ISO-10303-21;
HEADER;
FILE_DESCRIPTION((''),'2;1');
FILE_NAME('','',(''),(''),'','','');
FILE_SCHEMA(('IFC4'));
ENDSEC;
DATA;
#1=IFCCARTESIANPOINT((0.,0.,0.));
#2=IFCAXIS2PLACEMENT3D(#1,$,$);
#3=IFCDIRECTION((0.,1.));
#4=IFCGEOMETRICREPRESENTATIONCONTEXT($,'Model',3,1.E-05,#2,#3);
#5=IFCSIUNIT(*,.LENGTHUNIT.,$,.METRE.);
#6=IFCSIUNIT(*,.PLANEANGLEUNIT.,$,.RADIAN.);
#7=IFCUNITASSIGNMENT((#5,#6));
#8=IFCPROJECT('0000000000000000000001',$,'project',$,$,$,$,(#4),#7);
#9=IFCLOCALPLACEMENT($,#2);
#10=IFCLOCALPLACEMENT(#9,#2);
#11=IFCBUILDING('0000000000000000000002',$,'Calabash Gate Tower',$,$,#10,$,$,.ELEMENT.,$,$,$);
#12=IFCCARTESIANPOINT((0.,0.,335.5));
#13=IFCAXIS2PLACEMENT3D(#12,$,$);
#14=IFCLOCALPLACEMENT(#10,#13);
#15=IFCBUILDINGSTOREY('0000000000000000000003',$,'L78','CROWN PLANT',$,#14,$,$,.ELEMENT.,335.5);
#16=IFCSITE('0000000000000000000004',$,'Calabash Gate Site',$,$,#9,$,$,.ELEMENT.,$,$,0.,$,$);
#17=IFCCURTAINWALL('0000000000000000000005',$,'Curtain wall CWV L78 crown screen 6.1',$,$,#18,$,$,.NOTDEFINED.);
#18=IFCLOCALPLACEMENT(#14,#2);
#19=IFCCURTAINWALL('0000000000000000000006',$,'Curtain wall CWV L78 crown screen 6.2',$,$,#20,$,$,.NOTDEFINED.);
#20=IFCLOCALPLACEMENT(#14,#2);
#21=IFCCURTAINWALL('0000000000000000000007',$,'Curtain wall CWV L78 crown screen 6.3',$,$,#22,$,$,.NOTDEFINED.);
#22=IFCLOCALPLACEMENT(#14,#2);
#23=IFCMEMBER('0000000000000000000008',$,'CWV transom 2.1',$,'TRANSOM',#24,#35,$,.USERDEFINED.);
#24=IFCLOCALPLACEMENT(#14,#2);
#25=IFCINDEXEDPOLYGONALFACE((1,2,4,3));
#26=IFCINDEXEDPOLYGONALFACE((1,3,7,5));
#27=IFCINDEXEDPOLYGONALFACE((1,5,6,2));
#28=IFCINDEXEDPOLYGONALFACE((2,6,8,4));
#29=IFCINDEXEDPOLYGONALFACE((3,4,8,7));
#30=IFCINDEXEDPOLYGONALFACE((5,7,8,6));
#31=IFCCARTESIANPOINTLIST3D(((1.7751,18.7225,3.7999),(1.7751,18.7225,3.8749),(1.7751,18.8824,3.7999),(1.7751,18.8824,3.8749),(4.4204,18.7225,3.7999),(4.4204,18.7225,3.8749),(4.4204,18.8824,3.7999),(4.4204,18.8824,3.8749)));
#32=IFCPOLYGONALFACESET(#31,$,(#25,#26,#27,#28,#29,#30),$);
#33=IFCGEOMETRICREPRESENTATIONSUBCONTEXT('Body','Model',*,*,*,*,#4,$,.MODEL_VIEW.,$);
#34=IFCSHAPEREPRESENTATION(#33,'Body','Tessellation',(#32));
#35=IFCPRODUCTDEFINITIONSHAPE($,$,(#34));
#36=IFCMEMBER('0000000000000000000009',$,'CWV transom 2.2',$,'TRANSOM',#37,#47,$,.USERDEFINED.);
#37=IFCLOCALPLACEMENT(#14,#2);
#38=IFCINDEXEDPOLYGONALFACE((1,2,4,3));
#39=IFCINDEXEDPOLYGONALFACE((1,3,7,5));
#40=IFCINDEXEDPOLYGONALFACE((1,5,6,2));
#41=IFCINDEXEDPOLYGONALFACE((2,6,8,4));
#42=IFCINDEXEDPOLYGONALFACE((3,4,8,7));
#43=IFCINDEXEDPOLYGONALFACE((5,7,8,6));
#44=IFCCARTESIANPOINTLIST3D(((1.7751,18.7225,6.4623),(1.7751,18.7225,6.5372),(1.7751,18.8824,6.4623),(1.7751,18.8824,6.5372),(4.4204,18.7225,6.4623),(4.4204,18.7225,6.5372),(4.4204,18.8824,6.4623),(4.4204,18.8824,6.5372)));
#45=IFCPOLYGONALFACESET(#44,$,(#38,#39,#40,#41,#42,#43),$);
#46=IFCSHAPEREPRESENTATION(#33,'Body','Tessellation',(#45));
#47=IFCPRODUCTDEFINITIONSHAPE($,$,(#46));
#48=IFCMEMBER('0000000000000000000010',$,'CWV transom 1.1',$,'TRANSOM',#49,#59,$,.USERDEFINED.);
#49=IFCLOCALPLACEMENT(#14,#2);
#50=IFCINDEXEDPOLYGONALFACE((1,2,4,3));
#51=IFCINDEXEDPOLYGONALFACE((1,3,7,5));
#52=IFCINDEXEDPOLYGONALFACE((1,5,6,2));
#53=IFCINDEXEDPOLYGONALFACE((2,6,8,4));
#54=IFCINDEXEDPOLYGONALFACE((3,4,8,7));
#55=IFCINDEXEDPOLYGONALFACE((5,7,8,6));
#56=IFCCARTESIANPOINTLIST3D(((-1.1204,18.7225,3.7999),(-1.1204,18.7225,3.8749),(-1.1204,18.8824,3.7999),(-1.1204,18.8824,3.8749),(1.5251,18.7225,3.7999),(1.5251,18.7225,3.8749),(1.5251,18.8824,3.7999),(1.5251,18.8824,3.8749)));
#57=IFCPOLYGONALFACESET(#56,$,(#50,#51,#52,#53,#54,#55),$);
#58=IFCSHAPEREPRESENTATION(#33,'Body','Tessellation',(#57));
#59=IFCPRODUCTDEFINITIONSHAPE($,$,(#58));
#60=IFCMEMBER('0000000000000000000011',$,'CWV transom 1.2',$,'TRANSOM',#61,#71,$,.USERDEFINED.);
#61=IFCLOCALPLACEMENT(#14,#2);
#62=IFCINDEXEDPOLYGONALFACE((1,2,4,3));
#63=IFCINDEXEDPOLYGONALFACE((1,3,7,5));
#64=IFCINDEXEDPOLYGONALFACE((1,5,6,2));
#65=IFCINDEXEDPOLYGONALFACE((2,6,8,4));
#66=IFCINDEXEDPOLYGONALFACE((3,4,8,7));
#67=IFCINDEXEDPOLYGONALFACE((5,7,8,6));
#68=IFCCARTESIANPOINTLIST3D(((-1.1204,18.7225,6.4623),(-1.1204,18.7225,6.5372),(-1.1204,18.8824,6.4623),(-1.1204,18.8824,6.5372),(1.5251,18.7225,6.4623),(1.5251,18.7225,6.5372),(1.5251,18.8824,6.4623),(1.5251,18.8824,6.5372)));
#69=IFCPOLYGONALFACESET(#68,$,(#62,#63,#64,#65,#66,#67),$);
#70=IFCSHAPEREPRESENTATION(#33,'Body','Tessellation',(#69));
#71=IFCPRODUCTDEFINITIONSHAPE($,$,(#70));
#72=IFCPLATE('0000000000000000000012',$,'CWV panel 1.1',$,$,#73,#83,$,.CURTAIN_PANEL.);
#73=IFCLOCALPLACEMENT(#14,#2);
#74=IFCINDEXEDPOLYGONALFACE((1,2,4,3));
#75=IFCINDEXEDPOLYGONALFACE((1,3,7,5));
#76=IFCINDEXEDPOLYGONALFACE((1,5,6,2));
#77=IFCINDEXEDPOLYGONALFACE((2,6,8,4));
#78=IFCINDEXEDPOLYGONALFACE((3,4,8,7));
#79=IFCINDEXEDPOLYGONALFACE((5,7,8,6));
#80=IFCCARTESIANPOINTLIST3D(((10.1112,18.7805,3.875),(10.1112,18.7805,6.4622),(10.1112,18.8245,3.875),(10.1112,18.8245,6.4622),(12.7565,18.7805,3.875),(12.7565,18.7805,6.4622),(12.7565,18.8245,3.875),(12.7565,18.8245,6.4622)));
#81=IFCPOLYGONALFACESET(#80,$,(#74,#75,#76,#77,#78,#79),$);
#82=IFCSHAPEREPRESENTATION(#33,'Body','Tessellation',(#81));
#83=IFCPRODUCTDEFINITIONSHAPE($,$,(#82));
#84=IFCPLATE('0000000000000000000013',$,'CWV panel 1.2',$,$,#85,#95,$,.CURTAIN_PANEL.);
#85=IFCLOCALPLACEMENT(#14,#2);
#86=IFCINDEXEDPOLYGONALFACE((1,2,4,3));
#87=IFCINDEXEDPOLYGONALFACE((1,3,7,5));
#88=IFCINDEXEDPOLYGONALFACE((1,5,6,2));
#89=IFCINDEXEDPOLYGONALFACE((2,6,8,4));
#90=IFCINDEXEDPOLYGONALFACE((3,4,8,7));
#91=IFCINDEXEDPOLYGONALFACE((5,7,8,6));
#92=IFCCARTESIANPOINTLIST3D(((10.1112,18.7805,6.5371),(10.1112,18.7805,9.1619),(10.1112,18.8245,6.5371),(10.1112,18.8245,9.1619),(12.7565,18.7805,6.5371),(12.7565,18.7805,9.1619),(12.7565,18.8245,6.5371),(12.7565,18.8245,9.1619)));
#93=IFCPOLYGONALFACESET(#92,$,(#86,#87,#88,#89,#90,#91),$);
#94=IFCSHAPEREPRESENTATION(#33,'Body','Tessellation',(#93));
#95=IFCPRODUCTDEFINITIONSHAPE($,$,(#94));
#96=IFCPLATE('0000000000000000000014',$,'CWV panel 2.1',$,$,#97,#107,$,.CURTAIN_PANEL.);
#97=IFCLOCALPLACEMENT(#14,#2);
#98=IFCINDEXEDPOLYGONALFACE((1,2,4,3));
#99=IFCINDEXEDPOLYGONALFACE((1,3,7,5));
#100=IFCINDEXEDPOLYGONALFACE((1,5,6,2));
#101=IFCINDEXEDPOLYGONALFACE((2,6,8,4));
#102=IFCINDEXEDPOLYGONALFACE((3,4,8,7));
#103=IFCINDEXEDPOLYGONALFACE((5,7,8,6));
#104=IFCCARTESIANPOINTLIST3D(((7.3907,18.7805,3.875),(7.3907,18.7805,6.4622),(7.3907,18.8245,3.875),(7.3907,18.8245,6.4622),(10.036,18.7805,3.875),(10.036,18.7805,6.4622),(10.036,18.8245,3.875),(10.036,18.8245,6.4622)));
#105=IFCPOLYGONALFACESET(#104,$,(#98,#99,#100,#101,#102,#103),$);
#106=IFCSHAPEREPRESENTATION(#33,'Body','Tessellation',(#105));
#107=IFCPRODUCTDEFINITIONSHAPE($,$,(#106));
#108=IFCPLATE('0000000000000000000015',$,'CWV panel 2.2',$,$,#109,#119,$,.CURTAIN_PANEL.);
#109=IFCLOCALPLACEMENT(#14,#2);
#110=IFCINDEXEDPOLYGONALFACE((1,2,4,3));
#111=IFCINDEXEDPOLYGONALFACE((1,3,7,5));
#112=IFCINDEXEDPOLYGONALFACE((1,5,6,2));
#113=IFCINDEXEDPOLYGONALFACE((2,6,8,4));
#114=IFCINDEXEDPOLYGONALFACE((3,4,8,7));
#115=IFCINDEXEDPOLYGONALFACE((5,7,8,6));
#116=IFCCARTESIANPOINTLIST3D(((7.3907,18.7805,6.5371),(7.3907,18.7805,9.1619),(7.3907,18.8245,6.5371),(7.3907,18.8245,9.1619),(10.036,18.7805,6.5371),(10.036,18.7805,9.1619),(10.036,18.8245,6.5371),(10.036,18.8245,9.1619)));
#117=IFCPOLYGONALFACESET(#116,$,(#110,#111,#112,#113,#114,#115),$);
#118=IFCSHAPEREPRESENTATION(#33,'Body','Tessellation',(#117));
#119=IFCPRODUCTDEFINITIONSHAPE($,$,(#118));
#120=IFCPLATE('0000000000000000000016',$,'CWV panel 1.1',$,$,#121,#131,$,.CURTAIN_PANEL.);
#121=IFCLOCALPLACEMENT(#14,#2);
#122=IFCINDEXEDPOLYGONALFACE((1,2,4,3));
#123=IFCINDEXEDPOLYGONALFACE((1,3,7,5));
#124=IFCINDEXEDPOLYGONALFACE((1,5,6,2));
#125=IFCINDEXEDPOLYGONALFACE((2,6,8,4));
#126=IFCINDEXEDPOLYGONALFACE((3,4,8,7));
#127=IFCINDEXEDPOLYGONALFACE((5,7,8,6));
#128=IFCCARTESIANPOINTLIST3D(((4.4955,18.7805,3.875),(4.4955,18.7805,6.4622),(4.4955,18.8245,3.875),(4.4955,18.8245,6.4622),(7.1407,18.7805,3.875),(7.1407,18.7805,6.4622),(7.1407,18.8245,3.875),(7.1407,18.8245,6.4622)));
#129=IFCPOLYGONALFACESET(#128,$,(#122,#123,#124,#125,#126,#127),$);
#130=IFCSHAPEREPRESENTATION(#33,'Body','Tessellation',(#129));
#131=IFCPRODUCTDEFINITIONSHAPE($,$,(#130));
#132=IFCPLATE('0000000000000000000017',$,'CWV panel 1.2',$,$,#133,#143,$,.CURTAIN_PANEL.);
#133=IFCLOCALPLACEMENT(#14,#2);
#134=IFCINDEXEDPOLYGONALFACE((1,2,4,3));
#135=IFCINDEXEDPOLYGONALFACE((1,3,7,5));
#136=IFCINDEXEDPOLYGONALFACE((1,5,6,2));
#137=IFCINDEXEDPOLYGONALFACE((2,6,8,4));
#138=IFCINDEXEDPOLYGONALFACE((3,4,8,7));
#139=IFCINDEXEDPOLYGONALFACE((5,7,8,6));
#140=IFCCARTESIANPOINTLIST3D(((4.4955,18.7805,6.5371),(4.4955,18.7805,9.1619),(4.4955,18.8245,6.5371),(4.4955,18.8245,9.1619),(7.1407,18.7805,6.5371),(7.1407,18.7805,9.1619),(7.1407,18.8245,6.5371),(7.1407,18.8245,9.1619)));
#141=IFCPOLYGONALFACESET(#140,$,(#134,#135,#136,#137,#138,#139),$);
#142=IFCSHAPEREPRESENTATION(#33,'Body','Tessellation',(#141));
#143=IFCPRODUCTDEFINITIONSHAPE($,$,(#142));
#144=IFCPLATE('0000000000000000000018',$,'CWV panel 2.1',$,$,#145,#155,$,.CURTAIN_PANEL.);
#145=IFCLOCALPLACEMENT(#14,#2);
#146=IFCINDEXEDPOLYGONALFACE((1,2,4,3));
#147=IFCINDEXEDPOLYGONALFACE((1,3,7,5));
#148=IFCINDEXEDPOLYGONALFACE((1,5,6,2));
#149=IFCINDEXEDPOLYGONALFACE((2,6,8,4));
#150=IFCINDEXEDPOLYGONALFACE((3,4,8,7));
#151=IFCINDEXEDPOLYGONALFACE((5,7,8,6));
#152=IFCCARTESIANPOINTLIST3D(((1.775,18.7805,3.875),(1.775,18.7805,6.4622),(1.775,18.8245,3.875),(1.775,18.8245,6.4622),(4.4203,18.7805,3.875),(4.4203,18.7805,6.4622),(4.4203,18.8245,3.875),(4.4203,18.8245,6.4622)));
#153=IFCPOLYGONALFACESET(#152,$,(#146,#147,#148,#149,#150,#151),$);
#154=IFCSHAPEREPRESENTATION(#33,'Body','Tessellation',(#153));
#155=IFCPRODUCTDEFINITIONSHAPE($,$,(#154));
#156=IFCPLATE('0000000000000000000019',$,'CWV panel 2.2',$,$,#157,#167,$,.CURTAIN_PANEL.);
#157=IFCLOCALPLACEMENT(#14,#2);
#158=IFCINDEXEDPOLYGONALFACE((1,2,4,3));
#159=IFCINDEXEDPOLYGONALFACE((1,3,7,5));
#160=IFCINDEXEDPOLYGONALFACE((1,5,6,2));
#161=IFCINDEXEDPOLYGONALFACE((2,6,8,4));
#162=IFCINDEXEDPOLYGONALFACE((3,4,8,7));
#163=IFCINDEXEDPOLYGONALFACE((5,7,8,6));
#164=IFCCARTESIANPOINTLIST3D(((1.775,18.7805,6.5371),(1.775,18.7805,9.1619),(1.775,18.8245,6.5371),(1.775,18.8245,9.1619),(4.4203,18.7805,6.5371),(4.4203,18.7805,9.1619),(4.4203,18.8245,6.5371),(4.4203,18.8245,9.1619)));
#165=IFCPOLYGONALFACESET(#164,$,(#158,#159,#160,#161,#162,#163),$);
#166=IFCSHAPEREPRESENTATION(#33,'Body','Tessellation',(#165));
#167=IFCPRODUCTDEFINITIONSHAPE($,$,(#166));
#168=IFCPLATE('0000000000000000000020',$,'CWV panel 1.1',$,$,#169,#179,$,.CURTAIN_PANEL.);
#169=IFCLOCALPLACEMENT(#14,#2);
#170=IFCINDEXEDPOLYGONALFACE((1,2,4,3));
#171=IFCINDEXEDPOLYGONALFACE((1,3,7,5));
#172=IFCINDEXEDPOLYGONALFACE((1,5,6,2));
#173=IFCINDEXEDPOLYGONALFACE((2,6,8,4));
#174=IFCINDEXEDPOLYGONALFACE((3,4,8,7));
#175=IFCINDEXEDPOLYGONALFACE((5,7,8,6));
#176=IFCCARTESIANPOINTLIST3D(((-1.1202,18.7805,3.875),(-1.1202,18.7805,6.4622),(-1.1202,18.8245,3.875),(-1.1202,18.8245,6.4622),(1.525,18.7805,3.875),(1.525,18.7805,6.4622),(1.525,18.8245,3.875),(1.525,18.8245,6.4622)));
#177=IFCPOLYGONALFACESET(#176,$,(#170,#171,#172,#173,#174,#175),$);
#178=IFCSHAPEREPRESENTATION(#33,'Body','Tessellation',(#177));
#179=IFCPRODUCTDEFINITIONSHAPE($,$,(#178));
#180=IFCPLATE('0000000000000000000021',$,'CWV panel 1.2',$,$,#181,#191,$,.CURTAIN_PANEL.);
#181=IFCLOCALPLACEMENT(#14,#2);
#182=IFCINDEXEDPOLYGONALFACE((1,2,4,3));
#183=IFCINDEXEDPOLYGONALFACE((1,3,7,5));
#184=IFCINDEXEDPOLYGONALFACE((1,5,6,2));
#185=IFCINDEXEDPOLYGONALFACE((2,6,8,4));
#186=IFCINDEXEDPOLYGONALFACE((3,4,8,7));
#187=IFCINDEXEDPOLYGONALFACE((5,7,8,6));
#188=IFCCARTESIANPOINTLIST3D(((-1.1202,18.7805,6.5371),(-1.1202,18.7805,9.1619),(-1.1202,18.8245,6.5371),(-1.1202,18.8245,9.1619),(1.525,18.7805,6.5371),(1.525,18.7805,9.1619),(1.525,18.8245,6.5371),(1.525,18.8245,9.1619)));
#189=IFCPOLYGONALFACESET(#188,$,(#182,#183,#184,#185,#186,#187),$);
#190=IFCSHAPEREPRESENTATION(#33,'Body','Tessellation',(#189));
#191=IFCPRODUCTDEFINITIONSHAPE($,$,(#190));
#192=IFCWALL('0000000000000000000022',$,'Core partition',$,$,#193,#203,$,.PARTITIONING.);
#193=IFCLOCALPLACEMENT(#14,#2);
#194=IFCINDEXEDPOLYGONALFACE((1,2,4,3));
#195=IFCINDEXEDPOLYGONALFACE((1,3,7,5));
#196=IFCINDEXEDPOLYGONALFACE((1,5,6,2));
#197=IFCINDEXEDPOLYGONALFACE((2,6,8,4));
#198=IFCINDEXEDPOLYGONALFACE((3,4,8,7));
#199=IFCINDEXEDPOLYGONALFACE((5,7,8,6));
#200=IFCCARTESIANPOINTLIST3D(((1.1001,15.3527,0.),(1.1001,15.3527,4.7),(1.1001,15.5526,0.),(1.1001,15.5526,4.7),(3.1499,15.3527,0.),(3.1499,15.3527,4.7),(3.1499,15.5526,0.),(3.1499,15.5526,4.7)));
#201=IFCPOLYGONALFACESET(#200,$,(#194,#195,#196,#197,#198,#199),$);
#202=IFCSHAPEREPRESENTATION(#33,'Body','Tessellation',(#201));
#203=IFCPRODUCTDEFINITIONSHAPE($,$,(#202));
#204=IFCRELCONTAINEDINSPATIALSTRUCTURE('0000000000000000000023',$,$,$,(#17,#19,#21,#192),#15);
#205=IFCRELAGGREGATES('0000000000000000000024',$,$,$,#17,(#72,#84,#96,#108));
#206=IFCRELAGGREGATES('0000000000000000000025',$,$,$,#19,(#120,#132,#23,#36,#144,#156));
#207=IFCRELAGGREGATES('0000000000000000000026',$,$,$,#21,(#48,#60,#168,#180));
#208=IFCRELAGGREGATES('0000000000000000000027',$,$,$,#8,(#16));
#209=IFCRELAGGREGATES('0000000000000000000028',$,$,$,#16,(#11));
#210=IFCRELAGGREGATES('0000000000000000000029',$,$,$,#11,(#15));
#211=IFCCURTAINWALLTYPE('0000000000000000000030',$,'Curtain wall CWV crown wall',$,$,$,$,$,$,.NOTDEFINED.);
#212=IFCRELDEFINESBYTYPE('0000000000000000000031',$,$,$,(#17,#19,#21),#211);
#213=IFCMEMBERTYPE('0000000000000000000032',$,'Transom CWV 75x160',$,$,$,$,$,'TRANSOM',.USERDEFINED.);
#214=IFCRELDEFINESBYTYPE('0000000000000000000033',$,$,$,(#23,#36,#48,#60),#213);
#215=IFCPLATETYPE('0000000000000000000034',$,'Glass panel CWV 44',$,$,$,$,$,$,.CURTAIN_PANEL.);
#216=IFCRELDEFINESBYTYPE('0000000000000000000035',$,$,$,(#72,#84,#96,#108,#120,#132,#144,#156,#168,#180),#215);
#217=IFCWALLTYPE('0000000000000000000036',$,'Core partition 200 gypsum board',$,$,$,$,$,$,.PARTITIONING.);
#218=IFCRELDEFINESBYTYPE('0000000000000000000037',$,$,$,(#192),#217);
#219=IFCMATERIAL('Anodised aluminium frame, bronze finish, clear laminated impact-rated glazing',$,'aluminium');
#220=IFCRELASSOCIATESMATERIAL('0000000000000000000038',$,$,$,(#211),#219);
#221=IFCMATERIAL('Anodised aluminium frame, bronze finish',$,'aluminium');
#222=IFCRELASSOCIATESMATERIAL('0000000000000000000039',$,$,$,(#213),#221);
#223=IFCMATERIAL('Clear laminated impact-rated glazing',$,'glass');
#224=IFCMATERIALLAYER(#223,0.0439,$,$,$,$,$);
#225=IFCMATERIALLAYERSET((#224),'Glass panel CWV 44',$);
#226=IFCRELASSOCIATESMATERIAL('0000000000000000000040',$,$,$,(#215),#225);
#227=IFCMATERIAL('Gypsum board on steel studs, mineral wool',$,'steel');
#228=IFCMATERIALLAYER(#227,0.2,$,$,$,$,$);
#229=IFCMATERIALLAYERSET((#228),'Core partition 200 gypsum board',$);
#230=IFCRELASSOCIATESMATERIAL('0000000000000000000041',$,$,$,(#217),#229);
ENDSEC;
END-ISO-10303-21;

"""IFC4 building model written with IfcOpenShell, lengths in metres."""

from ifc_helpers import new_model, si_unit, direction, frame, frame_2d, origin, origin_2d, place, context, subcontext, project, spatial, rectangle, extrude, material, layer, layer_set, material_profile, profile_set, type_object, element, aggregate, save


model = new_model("IFC4")

# Units and contexts
model_context = context("Model", 3, precision=1e-05, world=origin(), true_north=direction((0.0, 1.0)))
body_context = subcontext(model_context, "Body", "Model", "MODEL_VIEW")
ifc_project = project(units=[si_unit("LENGTHUNIT", "METRE"), si_unit("PLANEANGLEUNIT", "RADIAN")], contexts=[model_context])

# Site, building, storey
site_placement = place(None, origin())
site = spatial("IfcSite", under=ifc_project, at=site_placement, Name="Calabash Gate Site", CompositionType="ELEMENT", RefElevation=0.0)
building_placement = place(site_placement, origin())
building = spatial("IfcBuilding", under=site, at=building_placement, Name="Calabash Gate Tower", CompositionType="ELEMENT")
storey_placement = place(building_placement, frame((0.0, 0.0, 335.5)))
storey = spatial("IfcBuildingStorey", under=building, at=storey_placement, Name="L78", Description="CROWN PLANT", CompositionType="ELEMENT", Elevation=335.5)

# Curtain walls
ifc_material_1 = material(Name="Anodised aluminium frame, bronze finish, clear laminated impact-rated glazing", Category="aluminium")
curtain_wall_type = type_object("IfcCurtainWallType", Name="Curtain wall CWV crown wall", PredefinedType="NOTDEFINED", material=ifc_material_1)
curtain_wall_1_placement = place(storey_placement, origin())
curtain_wall_1 = element("IfcCurtainWall", 1, at=curtain_wall_1_placement, inside=storey, type_object=curtain_wall_type, Name="Curtain wall CWV L78 crown screen 6.1", PredefinedType="NOTDEFINED")
curtain_wall_2_placement = place(storey_placement, origin())
curtain_wall_2 = element("IfcCurtainWall", 2, at=curtain_wall_2_placement, inside=storey, type_object=curtain_wall_type, Name="Curtain wall CWV L78 crown screen 6.2", PredefinedType="NOTDEFINED")

# Curtain wall
curtain_wall_3_placement = place(storey_placement, origin())
curtain_wall_3 = element("IfcCurtainWall", 3, at=curtain_wall_3_placement, inside=storey, type_object=curtain_wall_type, Name="Curtain wall CWV L78 crown screen 6.3", PredefinedType="NOTDEFINED")

# Members
ifc_material_2 = material(Name="Anodised aluminium frame, bronze finish", Category="aluminium")
ifc_material_profile_1 = material_profile(ifc_material_2, rectangle(XDim=0.1599, YDim=0.075, at=origin_2d()))
ifc_profile_set_1 = profile_set([ifc_material_profile_1], Name="Anodised aluminium frame, bronze finish")
member_type_1 = type_object("IfcMemberType", Name="Transom CWV 75x160", ElementType="TRANSOM", PredefinedType="USERDEFINED", material=ifc_profile_set_1)
member_1_placement = place(storey_placement, frame((4.4204, 18.8025, 3.8374), z_axis=(-1.0, 0.0, 0.0), x_axis=(0.0, -1.0, 0.0)))
member_1 = element("IfcMember", 4, at=member_1_placement, type_object=member_type_1, Name="CWV transom 2.1", ObjectType="TRANSOM", PredefinedType="USERDEFINED", context=body_context, shape_type="SweptSolid", body=[
    extrude(rectangle(XDim=0.1599, YDim=0.075, at=origin_2d()), origin(), (0.0, 0.0, 1.0), 2.6453),
])
member_2_placement = place(storey_placement, frame((4.4204, 18.8025, 6.4998), z_axis=(-1.0, 0.0, 0.0), x_axis=(0.0, -1.0, 0.0)))
member_2 = element("IfcMember", 5, at=member_2_placement, type_object=member_type_1, Name="CWV transom 2.2", ObjectType="TRANSOM", PredefinedType="USERDEFINED", context=body_context, shape_type="SweptSolid", body=[
    extrude(rectangle(XDim=0.1599, YDim=0.075, at=origin_2d()), origin(), (0.0, 0.0, 1.0), 2.6453),
])
member_3_placement = place(storey_placement, frame((1.5251, 18.8025, 3.8374), z_axis=(-1.0, 0.0, 0.0), x_axis=(0.0, -1.0, 0.0)))
member_3 = element("IfcMember", 6, at=member_3_placement, type_object=member_type_1, Name="CWV transom 1.1", ObjectType="TRANSOM", PredefinedType="USERDEFINED", context=body_context, shape_type="SweptSolid", body=[
    extrude(rectangle(XDim=0.1599, YDim=0.075, at=origin_2d()), origin(), (0.0, 0.0, 1.0), 2.6455),
])
member_4_placement = place(storey_placement, frame((1.5251, 18.8025, 6.4998), z_axis=(-1.0, 0.0, 0.0), x_axis=(0.0, -1.0, 0.0)))
member_4 = element("IfcMember", 7, at=member_4_placement, type_object=member_type_1, Name="CWV transom 1.2", ObjectType="TRANSOM", PredefinedType="USERDEFINED", context=body_context, shape_type="SweptSolid", body=[
    extrude(rectangle(XDim=0.1599, YDim=0.075, at=origin_2d()), origin(), (0.0, 0.0, 1.0), 2.6455),
])

# Plates
ifc_material_3 = material(Name="Clear laminated impact-rated glazing", Category="glass")
ifc_layer_1 = layer(ifc_material_3, 0.0439)
ifc_layer_set_1 = layer_set([ifc_layer_1], Name="Glass panel CWV 44")
plate_type = type_object("IfcPlateType", Name="Glass panel CWV 44", PredefinedType="CURTAIN_PANEL", material=ifc_layer_set_1)
plate_1_placement = place(storey_placement, frame((11.4338, 18.8025, 3.875), z_axis=(0.0, 0.0, 1.0), x_axis=(-1.0, 0.0, 0.0)))
plate_1 = element("IfcPlate", 8, at=plate_1_placement, type_object=plate_type, Name="CWV panel 1.1", PredefinedType="CURTAIN_PANEL", context=body_context, shape_type="SweptSolid", body=[
    extrude(rectangle(XDim=2.6453, YDim=0.0439, at=origin_2d()), origin(), (0.0, 0.0, 1.0), 2.5872),
])
plate_2_placement = place(storey_placement, frame((11.4338, 18.8025, 6.5371), z_axis=(0.0, 0.0, 1.0), x_axis=(-1.0, 0.0, 0.0)))
plate_2 = element("IfcPlate", 9, at=plate_2_placement, type_object=plate_type, Name="CWV panel 1.2", PredefinedType="CURTAIN_PANEL", context=body_context, shape_type="SweptSolid", body=[
    extrude(rectangle(XDim=2.6453, YDim=0.0439, at=origin_2d()), origin(), (0.0, 0.0, 1.0), 2.6248),
])
plate_3_placement = place(storey_placement, frame((8.7134, 18.8025, 3.875), z_axis=(0.0, 0.0, 1.0), x_axis=(-1.0, 0.0, 0.0)))
plate_3 = element("IfcPlate", 10, at=plate_3_placement, type_object=plate_type, Name="CWV panel 2.1", PredefinedType="CURTAIN_PANEL", context=body_context, shape_type="SweptSolid", body=[
    extrude(rectangle(XDim=2.6453, YDim=0.0439, at=origin_2d()), origin(), (0.0, 0.0, 1.0), 2.5872),
])
plate_4_placement = place(storey_placement, frame((8.7134, 18.8025, 6.5371), z_axis=(0.0, 0.0, 1.0), x_axis=(-1.0, 0.0, 0.0)))
plate_4 = element("IfcPlate", 11, at=plate_4_placement, type_object=plate_type, Name="CWV panel 2.2", PredefinedType="CURTAIN_PANEL", context=body_context, shape_type="SweptSolid", body=[
    extrude(rectangle(XDim=2.6453, YDim=0.0439, at=origin_2d()), origin(), (0.0, 0.0, 1.0), 2.6248),
])
aggregate(curtain_wall_1, [plate_1, plate_2, plate_3, plate_4])
plate_5_placement = place(storey_placement, frame((5.8181, 18.8025, 3.875), z_axis=(0.0, 0.0, 1.0), x_axis=(-1.0, 0.0, 0.0)))
plate_5 = element("IfcPlate", 12, at=plate_5_placement, type_object=plate_type, Name="CWV panel 1.1", PredefinedType="CURTAIN_PANEL", context=body_context, shape_type="SweptSolid", body=[
    extrude(rectangle(XDim=2.6453, YDim=0.0439, at=origin_2d()), origin(), (0.0, 0.0, 1.0), 2.5872),
])
plate_6_placement = place(storey_placement, frame((5.8181, 18.8025, 6.5371), z_axis=(0.0, 0.0, 1.0), x_axis=(-1.0, 0.0, 0.0)))
plate_6 = element("IfcPlate", 13, at=plate_6_placement, type_object=plate_type, Name="CWV panel 1.2", PredefinedType="CURTAIN_PANEL", context=body_context, shape_type="SweptSolid", body=[
    extrude(rectangle(XDim=2.6453, YDim=0.0439, at=origin_2d()), origin(), (0.0, 0.0, 1.0), 2.6248),
])
plate_7_placement = place(storey_placement, frame((3.0977, 18.8025, 3.875), z_axis=(0.0, 0.0, 1.0), x_axis=(-1.0, 0.0, 0.0)))
plate_7 = element("IfcPlate", 14, at=plate_7_placement, type_object=plate_type, Name="CWV panel 2.1", PredefinedType="CURTAIN_PANEL", context=body_context, shape_type="SweptSolid", body=[
    extrude(rectangle(XDim=2.6453, YDim=0.0439, at=origin_2d()), origin(), (0.0, 0.0, 1.0), 2.5872),
])
plate_8_placement = place(storey_placement, frame((3.0977, 18.8025, 6.5371), z_axis=(0.0, 0.0, 1.0), x_axis=(-1.0, 0.0, 0.0)))
plate_8 = element("IfcPlate", 15, at=plate_8_placement, type_object=plate_type, Name="CWV panel 2.2", PredefinedType="CURTAIN_PANEL", context=body_context, shape_type="SweptSolid", body=[
    extrude(rectangle(XDim=2.6453, YDim=0.0439, at=origin_2d()), origin(), (0.0, 0.0, 1.0), 2.6248),
])
aggregate(curtain_wall_2, [plate_5, plate_6, member_1, member_2, plate_7, plate_8])
plate_9_placement = place(storey_placement, frame((0.2024, 18.8025, 3.875), z_axis=(0.0, 0.0, 1.0), x_axis=(-1.0, 0.0, 0.0)))
plate_9 = element("IfcPlate", 16, at=plate_9_placement, type_object=plate_type, Name="CWV panel 1.1", PredefinedType="CURTAIN_PANEL", context=body_context, shape_type="SweptSolid", body=[
    extrude(rectangle(XDim=2.6453, YDim=0.0439, at=origin_2d()), origin(), (0.0, 0.0, 1.0), 2.5872),
])
plate_10_placement = place(storey_placement, frame((0.2024, 18.8025, 6.5371), z_axis=(0.0, 0.0, 1.0), x_axis=(-1.0, 0.0, 0.0)))
plate_10 = element("IfcPlate", 17, at=plate_10_placement, type_object=plate_type, Name="CWV panel 1.2", PredefinedType="CURTAIN_PANEL", context=body_context, shape_type="SweptSolid", body=[
    extrude(rectangle(XDim=2.6453, YDim=0.0439, at=origin_2d()), origin(), (0.0, 0.0, 1.0), 2.6248),
])
aggregate(curtain_wall_3, [member_3, member_4, plate_9, plate_10])

# Wall
ifc_material_4 = material(Name="Gypsum board on steel studs, mineral wool", Category="steel")
ifc_layer_2 = layer(ifc_material_4, 0.2)
ifc_layer_set_2 = layer_set([ifc_layer_2], Name="Core partition 200 gypsum board")
wall_type_1 = type_object("IfcWallType", Name="Core partition 200 gypsum board", PredefinedType="PARTITIONING", material=ifc_layer_set_2)
wall_1_placement = place(storey_placement, frame((1.1001, 15.4526, 0.0), z_axis=(0.0, 0.0, 1.0), x_axis=(1.0, 0.0, 0.0)))
element("IfcWall", 18, at=wall_1_placement, inside=storey, type_object=wall_type_1, Name="Core partition", PredefinedType="PARTITIONING", context=body_context, shape_type="SweptSolid", body=[
    extrude(rectangle(XDim=2.0498, YDim=0.2, at=frame_2d((1.0249, 0.0))), origin(), (0.0, 0.0, 1.0), 4.7),
])

save(model, "model.ifc")
